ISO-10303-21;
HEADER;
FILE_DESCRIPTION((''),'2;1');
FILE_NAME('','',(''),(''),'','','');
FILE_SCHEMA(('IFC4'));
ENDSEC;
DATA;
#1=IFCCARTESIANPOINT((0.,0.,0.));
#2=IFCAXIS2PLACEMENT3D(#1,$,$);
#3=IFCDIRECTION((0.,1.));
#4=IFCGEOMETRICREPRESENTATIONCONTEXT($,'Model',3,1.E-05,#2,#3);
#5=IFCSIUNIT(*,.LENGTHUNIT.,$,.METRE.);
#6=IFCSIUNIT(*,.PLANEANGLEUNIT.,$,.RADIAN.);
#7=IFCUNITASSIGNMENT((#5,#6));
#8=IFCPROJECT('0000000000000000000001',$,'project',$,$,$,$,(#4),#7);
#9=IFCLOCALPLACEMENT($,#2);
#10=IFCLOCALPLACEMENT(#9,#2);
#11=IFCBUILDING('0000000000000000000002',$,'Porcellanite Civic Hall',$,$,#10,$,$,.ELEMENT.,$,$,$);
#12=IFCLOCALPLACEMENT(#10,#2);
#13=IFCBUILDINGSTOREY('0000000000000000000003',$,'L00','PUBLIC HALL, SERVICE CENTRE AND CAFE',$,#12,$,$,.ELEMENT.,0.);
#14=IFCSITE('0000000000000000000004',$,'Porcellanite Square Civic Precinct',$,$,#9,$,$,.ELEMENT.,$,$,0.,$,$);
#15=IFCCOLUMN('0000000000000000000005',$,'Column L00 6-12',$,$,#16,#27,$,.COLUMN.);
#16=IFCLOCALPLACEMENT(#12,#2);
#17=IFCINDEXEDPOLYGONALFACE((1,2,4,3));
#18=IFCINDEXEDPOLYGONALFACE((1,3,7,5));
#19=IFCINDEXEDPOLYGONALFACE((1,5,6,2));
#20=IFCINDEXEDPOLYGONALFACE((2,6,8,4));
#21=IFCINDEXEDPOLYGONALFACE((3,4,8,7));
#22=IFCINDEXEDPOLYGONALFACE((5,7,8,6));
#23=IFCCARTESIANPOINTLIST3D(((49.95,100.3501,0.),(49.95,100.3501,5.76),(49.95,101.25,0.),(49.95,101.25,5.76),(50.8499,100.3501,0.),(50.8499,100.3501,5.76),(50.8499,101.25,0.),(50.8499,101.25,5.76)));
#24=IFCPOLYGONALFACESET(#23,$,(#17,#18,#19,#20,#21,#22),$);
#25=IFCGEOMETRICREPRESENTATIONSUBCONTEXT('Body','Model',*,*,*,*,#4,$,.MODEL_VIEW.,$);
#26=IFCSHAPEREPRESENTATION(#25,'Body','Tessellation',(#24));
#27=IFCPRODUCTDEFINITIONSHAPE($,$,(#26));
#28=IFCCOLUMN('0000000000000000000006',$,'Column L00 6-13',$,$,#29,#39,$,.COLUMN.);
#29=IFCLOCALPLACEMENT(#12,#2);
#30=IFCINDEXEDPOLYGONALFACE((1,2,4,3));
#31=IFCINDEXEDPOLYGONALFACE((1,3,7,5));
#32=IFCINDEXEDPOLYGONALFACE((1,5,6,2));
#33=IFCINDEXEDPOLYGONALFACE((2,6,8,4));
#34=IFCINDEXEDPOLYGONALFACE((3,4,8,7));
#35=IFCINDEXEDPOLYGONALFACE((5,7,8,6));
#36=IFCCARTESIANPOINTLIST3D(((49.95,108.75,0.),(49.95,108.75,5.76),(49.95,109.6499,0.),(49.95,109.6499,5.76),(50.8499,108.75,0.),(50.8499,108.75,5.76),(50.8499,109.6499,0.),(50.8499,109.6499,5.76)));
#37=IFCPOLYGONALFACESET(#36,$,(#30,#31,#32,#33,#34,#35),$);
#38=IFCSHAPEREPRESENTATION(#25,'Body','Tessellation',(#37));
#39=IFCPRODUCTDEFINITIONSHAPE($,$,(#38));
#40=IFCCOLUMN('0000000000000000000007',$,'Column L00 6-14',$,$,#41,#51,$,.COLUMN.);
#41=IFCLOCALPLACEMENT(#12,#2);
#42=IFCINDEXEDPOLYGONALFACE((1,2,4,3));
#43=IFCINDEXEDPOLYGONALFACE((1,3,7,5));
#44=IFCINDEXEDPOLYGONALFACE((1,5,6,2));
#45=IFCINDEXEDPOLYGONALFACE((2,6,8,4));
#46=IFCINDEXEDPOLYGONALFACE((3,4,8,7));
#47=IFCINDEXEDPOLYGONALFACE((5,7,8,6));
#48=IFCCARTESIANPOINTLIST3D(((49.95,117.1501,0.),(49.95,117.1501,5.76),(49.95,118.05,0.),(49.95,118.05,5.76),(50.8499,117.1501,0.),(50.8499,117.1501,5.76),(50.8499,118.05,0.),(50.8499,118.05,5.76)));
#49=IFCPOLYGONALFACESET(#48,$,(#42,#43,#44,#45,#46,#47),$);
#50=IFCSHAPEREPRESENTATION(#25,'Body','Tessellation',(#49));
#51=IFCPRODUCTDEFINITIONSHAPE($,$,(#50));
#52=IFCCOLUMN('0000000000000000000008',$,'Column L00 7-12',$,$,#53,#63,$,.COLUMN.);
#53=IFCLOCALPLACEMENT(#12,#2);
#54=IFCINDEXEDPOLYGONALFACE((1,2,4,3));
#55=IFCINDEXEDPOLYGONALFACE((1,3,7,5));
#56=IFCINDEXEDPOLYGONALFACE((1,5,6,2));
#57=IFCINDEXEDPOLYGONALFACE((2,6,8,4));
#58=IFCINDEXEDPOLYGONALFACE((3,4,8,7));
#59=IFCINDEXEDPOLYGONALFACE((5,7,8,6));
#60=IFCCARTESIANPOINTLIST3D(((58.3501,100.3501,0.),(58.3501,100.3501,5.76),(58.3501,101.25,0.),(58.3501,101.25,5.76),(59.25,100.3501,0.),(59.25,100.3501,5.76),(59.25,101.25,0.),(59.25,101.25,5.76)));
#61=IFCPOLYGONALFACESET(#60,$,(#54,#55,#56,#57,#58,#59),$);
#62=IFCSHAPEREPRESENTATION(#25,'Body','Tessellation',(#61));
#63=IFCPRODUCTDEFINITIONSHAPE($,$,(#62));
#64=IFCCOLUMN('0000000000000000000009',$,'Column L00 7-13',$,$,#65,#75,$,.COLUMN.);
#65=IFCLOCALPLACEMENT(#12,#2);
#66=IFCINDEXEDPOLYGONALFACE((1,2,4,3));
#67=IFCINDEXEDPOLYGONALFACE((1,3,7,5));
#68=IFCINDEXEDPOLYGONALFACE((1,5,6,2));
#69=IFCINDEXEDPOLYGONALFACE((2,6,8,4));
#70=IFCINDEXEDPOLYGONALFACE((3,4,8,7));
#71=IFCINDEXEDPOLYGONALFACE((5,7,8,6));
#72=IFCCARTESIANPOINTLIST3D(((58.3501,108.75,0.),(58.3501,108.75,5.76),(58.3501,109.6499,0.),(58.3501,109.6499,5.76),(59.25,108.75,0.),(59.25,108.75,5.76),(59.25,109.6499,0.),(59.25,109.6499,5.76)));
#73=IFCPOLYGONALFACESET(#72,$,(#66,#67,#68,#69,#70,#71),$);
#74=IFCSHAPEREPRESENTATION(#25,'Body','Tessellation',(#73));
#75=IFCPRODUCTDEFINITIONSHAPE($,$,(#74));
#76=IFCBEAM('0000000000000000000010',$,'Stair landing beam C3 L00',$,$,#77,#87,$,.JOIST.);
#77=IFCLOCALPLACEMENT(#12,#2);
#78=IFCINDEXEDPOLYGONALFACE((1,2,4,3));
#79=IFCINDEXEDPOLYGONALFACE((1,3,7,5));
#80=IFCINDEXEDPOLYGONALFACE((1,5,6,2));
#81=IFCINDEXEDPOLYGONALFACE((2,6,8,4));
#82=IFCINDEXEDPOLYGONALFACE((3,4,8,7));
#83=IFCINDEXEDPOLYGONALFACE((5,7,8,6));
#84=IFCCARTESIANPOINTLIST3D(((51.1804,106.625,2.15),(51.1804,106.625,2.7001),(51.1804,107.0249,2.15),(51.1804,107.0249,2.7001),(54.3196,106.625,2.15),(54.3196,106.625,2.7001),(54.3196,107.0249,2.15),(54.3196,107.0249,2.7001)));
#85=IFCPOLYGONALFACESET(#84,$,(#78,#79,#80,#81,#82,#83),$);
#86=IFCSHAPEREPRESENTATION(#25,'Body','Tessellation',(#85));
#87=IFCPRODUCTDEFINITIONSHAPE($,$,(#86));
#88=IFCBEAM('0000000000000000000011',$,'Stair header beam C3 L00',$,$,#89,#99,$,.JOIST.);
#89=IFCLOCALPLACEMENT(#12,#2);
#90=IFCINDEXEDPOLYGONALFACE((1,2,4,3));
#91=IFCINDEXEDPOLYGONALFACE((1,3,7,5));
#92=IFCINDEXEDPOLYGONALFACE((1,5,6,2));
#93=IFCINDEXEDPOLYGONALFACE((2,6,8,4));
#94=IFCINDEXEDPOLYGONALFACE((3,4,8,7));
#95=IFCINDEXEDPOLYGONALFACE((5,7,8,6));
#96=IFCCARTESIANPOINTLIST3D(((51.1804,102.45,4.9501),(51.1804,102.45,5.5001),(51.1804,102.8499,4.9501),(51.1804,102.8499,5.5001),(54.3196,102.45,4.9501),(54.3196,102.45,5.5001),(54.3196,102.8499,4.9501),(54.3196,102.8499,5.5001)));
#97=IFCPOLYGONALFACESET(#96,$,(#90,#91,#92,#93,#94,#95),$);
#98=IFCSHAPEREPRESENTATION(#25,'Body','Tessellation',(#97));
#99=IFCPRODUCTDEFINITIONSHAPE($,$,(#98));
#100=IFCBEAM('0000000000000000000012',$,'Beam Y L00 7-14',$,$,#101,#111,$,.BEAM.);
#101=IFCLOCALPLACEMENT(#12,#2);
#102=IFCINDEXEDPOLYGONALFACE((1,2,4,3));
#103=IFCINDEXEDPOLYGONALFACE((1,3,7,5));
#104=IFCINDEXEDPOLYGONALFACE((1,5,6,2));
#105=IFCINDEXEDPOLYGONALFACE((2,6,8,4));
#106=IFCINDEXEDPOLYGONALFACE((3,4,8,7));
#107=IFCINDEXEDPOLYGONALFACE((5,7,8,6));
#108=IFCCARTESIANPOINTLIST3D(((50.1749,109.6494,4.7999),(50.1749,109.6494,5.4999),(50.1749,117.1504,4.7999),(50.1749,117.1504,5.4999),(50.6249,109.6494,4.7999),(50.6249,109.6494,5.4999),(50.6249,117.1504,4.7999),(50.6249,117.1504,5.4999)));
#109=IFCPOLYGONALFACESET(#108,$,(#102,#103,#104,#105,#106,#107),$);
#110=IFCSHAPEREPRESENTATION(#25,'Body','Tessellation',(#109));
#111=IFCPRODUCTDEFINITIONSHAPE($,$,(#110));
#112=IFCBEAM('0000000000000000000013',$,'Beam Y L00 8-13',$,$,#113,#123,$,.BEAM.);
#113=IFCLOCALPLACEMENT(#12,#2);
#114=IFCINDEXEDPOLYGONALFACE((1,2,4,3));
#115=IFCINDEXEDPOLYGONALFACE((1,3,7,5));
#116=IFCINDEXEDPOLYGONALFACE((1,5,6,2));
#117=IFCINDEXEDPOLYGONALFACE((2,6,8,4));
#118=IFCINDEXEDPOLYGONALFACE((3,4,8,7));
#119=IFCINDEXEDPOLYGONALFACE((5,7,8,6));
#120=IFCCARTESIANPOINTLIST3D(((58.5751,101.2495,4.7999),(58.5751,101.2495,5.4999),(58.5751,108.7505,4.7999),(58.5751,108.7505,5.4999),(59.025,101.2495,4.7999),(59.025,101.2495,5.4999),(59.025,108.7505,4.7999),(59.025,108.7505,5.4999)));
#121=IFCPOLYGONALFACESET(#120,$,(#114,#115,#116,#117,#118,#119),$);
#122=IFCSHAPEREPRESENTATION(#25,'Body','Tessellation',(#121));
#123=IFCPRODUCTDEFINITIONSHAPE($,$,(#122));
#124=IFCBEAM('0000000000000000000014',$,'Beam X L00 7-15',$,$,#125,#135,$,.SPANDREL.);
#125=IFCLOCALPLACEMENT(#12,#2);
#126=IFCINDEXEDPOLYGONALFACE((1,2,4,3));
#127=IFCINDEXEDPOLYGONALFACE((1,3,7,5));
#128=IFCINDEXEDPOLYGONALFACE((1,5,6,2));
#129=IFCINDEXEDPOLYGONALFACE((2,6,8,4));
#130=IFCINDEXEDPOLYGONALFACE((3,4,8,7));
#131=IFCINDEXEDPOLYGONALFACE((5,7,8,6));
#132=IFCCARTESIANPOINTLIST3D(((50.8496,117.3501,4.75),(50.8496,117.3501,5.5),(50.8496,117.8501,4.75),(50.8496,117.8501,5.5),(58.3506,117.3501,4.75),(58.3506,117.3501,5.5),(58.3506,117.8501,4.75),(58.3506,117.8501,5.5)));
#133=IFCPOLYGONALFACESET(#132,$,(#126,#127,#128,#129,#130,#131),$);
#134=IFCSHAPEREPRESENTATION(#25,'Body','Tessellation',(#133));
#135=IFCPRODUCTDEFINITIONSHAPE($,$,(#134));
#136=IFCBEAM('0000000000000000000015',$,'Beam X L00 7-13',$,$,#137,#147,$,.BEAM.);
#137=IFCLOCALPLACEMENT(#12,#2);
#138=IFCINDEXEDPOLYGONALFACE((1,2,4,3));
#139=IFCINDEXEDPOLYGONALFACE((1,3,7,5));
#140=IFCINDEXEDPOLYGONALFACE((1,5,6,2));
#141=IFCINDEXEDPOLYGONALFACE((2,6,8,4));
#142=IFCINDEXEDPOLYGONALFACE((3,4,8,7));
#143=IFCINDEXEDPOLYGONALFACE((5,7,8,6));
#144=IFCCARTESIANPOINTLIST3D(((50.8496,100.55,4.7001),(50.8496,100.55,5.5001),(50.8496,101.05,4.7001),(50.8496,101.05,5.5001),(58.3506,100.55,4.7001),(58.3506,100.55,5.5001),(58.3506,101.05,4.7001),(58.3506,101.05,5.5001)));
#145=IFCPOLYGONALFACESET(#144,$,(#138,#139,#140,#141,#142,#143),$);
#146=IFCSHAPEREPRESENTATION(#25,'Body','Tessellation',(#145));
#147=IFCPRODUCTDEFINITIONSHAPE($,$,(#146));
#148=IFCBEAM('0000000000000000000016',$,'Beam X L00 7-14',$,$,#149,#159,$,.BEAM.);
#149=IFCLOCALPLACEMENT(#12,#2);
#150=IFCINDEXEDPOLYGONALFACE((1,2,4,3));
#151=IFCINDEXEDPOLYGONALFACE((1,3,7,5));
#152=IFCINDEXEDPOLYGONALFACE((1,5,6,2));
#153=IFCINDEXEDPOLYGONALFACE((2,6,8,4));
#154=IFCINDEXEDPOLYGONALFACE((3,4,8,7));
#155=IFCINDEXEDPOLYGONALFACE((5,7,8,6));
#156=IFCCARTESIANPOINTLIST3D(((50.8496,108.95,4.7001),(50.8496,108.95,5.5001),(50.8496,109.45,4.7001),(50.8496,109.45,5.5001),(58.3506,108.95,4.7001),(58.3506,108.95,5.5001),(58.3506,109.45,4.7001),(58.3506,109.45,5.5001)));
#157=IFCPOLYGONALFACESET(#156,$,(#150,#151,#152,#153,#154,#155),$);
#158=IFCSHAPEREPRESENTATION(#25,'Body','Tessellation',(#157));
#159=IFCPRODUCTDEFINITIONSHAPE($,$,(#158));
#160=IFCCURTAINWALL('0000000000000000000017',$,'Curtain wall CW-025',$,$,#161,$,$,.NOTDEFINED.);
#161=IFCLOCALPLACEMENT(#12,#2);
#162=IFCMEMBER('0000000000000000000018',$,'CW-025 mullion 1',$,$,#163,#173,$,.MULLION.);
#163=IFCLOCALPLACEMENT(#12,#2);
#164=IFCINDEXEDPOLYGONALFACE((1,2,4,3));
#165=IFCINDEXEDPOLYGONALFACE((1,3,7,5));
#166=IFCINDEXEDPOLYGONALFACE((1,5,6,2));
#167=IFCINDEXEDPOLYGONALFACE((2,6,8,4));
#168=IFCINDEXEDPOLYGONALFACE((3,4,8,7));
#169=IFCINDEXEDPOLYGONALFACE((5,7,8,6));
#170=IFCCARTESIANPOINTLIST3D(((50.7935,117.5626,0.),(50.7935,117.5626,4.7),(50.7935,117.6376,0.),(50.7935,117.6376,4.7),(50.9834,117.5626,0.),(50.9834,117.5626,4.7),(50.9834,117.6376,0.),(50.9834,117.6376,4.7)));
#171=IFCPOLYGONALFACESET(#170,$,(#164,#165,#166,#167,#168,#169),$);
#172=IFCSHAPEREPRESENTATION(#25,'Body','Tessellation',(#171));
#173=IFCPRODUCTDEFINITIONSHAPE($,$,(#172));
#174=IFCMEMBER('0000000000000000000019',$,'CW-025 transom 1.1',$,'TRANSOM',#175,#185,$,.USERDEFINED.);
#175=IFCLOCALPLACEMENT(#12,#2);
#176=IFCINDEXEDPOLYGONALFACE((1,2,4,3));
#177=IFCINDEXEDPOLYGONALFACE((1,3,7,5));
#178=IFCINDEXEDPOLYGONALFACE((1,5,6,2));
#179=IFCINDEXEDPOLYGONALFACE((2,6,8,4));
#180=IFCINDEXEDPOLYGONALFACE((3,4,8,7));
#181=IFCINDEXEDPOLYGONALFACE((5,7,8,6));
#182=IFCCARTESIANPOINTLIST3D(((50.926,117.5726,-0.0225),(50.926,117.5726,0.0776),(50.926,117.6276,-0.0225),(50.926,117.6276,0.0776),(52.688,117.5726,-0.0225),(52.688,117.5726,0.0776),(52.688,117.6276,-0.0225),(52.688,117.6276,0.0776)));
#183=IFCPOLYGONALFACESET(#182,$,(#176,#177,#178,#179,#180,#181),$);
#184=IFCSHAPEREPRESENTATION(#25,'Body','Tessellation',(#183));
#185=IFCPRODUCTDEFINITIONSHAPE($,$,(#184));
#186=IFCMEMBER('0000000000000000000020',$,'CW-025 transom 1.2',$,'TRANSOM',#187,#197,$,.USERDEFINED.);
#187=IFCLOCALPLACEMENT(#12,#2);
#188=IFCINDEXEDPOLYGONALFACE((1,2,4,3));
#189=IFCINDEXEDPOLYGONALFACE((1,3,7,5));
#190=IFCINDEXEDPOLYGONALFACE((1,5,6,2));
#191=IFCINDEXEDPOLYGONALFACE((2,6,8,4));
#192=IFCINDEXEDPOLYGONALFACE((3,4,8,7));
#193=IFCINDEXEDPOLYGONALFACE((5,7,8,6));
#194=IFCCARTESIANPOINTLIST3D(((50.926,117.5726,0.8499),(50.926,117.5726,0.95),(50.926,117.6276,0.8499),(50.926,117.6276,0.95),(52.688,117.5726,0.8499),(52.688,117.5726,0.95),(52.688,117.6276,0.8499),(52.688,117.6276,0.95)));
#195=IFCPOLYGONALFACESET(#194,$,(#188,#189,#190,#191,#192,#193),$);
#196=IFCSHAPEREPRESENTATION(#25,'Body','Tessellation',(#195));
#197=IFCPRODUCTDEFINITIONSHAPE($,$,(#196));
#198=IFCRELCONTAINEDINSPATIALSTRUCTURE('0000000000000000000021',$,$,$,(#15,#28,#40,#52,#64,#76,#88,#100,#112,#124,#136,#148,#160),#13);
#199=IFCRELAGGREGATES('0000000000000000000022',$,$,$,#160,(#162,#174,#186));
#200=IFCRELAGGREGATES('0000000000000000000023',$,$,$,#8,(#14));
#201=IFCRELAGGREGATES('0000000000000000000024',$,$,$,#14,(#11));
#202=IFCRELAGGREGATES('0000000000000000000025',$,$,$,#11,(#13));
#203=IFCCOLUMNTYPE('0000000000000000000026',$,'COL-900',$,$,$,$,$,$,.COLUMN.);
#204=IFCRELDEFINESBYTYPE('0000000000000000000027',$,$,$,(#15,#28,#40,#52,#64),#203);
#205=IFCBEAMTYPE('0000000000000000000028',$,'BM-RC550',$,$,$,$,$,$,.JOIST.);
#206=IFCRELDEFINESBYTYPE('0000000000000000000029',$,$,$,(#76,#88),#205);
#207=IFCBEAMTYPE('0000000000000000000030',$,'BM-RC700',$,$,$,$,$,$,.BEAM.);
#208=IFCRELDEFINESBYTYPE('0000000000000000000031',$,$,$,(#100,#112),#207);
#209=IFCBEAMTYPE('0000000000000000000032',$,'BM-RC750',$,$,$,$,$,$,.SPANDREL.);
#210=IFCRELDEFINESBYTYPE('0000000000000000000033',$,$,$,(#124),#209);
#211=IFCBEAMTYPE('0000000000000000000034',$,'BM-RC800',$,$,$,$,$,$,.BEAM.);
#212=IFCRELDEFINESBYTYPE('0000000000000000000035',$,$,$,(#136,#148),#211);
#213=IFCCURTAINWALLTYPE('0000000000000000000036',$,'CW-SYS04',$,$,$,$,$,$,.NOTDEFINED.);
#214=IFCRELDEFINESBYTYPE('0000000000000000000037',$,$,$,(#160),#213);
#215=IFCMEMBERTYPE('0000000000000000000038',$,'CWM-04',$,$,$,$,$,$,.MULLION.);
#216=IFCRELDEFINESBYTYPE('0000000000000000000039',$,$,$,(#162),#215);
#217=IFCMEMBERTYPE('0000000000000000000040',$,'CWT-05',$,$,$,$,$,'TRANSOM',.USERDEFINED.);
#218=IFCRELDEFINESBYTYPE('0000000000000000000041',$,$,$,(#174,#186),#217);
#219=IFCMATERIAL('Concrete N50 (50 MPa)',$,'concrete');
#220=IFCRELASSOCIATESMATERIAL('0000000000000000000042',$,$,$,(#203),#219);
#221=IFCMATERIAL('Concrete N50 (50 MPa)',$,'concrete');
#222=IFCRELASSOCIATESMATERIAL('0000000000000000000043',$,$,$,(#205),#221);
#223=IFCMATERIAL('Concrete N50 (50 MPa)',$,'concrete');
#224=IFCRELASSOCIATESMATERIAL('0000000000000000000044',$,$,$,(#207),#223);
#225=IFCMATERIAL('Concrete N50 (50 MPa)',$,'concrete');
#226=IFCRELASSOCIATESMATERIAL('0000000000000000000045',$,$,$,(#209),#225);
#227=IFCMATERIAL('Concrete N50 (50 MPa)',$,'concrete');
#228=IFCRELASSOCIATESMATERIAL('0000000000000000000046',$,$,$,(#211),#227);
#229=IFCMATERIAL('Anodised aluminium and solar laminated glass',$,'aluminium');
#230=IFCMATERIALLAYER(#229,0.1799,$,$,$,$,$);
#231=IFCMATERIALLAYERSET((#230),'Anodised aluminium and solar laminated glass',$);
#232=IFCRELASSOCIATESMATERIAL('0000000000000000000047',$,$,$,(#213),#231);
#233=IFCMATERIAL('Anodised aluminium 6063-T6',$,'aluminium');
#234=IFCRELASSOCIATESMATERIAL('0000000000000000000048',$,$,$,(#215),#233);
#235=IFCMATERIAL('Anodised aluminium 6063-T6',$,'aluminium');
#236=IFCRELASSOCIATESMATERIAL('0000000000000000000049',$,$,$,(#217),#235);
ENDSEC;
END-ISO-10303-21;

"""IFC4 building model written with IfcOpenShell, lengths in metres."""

from ifc_helpers import new_model, si_unit, direction, frame, origin, origin_2d, place, context, subcontext, project, spatial, rectangle, extrude, material, layer, layer_set, material_profile, profile_set, type_object, element, aggregate, save


model = new_model("IFC4")

# Units and contexts
model_context = context("Model", 3, precision=1e-05, world=origin(), true_north=direction((0.0, 1.0)))
body_context = subcontext(model_context, "Body", "Model", "MODEL_VIEW")
ifc_project = project(units=[si_unit("LENGTHUNIT", "METRE"), si_unit("PLANEANGLEUNIT", "RADIAN")], contexts=[model_context])

# Site, building, storey
site_placement = place(None, origin())
site = spatial("IfcSite", under=ifc_project, at=site_placement, Name="Porcellanite Square Civic Precinct", CompositionType="ELEMENT", RefElevation=0.0)
building_placement = place(site_placement, origin())
building = spatial("IfcBuilding", under=site, at=building_placement, Name="Porcellanite Civic Hall", CompositionType="ELEMENT")
storey_placement = place(building_placement, origin())
storey = spatial("IfcBuildingStorey", under=building, at=storey_placement, Name="L00", Description="PUBLIC HALL, SERVICE CENTRE AND CAFE", CompositionType="ELEMENT", Elevation=0.0)

# Columns
ifc_material_1 = material(Name="Concrete N50 (50 MPa)", Category="concrete")
ifc_material_profile_1 = material_profile(ifc_material_1, rectangle(XDim=0.8999, YDim=0.8999, at=origin_2d()), Name="RC-900x900")
ifc_profile_set_1 = profile_set([ifc_material_profile_1], Name="Concrete N50 (50 MPa)")
column_type = type_object("IfcColumnType", Name="COL-900", PredefinedType="COLUMN", material=ifc_profile_set_1)
for number, where, z_axis, x_axis, name in (
    (1, (50.3999, 100.8, 0.0), (0.0, 0.0, 1.0), (1.0, 0.0, 0.0), "Column L00 6-12"),
    (2, (50.3999, 109.2, 0.0), (0.0, 0.0, 1.0), (1.0, 0.0, 0.0), "Column L00 6-13"),
    (3, (50.3999, 117.6001, 0.0), (0.0, 0.0, 1.0), (1.0, 0.0, 0.0), "Column L00 6-14"),
    (4, (58.8, 100.8, 0.0), (0.0, 0.0, 1.0), (1.0, 0.0, 0.0), "Column L00 7-12"),
    (5, (58.8, 109.2, 0.0), (0.0, 0.0, 1.0), (1.0, 0.0, 0.0), "Column L00 7-13"),
):
    element("IfcColumn", number, at=place(storey_placement, frame(where, z_axis=z_axis, x_axis=x_axis)), inside=storey, type_object=column_type, Name=name, PredefinedType="COLUMN", context=body_context, shape_type="SweptSolid", body=[
        extrude(rectangle(XDim=0.8999, YDim=0.8999, at=origin_2d()), origin(), (0.0, 0.0, 1.0), 5.76),
    ])

# Beams
ifc_material_2 = material(Name="Concrete N50 (50 MPa)", Category="concrete")
ifc_material_profile_2 = material_profile(ifc_material_2, rectangle(XDim=0.3999, YDim=0.55, at=origin_2d()), Name="RC-400x550")
ifc_profile_set_2 = profile_set([ifc_material_profile_2], Name="Concrete N50 (50 MPa)")
beam_type_1 = type_object("IfcBeamType", Name="BM-RC550", PredefinedType="JOIST", material=ifc_profile_set_2)
for number, where, z_axis, x_axis, name in (
    (6, (51.1804, 106.825, 2.425), (1.0, 0.0, 0.0), (0.0, 1.0, 0.0), "Stair landing beam C3 L00"),
    (7, (51.1804, 102.6499, 5.2251), (1.0, 0.0, 0.0), (0.0, 1.0, 0.0), "Stair header beam C3 L00"),
):
    element("IfcBeam", number, at=place(storey_placement, frame(where, z_axis=z_axis, x_axis=x_axis)), inside=storey, type_object=beam_type_1, Name=name, PredefinedType="JOIST", context=body_context, shape_type="SweptSolid", body=[
        extrude(rectangle(XDim=0.3999, YDim=0.55, at=origin_2d()), origin(), (0.0, 0.0, 1.0), 3.1392),
    ])
ifc_material_3 = material(Name="Concrete N50 (50 MPa)", Category="concrete")
ifc_material_profile_3 = material_profile(ifc_material_3, rectangle(XDim=0.45, YDim=0.7, at=origin_2d()), Name="RC-450x700")
ifc_profile_set_3 = profile_set([ifc_material_profile_3], Name="Concrete N50 (50 MPa)")
beam_type_2 = type_object("IfcBeamType", Name="BM-RC700", PredefinedType="BEAM", material=ifc_profile_set_3)
for number, where, z_axis, x_axis, name in (
    (8, (50.3999, 109.6494, 5.1499), (0.0, 1.0, 0.0), (-1.0, 0.0, 0.0), "Beam Y L00 7-14"),
    (9, (58.8, 101.2495, 5.1499), (0.0, 1.0, 0.0), (-1.0, 0.0, 0.0), "Beam Y L00 8-13"),
):
    element("IfcBeam", number, at=place(storey_placement, frame(where, z_axis=z_axis, x_axis=x_axis)), inside=storey, type_object=beam_type_2, Name=name, PredefinedType="BEAM", context=body_context, shape_type="SweptSolid", body=[
        extrude(rectangle(XDim=0.45, YDim=0.7, at=origin_2d()), origin(), (0.0, 0.0, 1.0), 7.501),
    ])
ifc_material_4 = material(Name="Concrete N50 (50 MPa)", Category="concrete")
ifc_material_profile_4 = material_profile(ifc_material_4, rectangle(XDim=0.5, YDim=0.75, at=origin_2d()), Name="RC-500x750")
ifc_profile_set_4 = profile_set([ifc_material_profile_4], Name="Concrete N50 (50 MPa)")
beam_type_3 = type_object("IfcBeamType", Name="BM-RC750", PredefinedType="SPANDREL", material=ifc_profile_set_4)
beam_1_placement = place(storey_placement, frame((50.8496, 117.6001, 5.125), z_axis=(1.0, 0.0, 0.0), x_axis=(0.0, 1.0, 0.0)))
element("IfcBeam", 10, at=beam_1_placement, inside=storey, type_object=beam_type_3, Name="Beam X L00 7-15", PredefinedType="SPANDREL", context=body_context, shape_type="SweptSolid", body=[
    extrude(rectangle(XDim=0.5, YDim=0.75, at=origin_2d()), origin(), (0.0, 0.0, 1.0), 7.501),
])
ifc_material_5 = material(Name="Concrete N50 (50 MPa)", Category="concrete")
ifc_material_profile_5 = material_profile(ifc_material_5, rectangle(XDim=0.5, YDim=0.8, at=origin_2d()), Name="RC-500x800")
ifc_profile_set_5 = profile_set([ifc_material_profile_5], Name="Concrete N50 (50 MPa)")
beam_type_4 = type_object("IfcBeamType", Name="BM-RC800", PredefinedType="BEAM", material=ifc_profile_set_5)
for number, where, z_axis, x_axis, name in (
    (11, (50.8496, 100.8, 5.1001), (1.0, 0.0, 0.0), (0.0, 1.0, 0.0), "Beam X L00 7-13"),
    (12, (50.8496, 109.2, 5.1001), (1.0, 0.0, 0.0), (0.0, 1.0, 0.0), "Beam X L00 7-14"),
):
    element("IfcBeam", number, at=place(storey_placement, frame(where, z_axis=z_axis, x_axis=x_axis)), inside=storey, type_object=beam_type_4, Name=name, PredefinedType="BEAM", context=body_context, shape_type="SweptSolid", body=[
        extrude(rectangle(XDim=0.5, YDim=0.8, at=origin_2d()), origin(), (0.0, 0.0, 1.0), 7.501),
    ])

# Curtain wall, members
ifc_material_6 = material(Name="Anodised aluminium and solar laminated glass", Category="aluminium")
ifc_layer_1 = layer(ifc_material_6, 0.1799)
ifc_layer_set_1 = layer_set([ifc_layer_1], Name="Anodised aluminium and solar laminated glass")
curtain_wall_type = type_object("IfcCurtainWallType", Name="CW-SYS04", PredefinedType="NOTDEFINED", material=ifc_layer_set_1)
curtain_wall_placement = place(storey_placement, origin())
curtain_wall = element("IfcCurtainWall", 13, at=curtain_wall_placement, inside=storey, type_object=curtain_wall_type, Name="Curtain wall CW-025", PredefinedType="NOTDEFINED")
ifc_material_7 = material(Name="Anodised aluminium 6063-T6", Category="aluminium")
ifc_material_profile_6 = material_profile(ifc_material_7, rectangle(XDim=0.075, YDim=0.1899, at=origin_2d()), Name="AL-75x190")
ifc_profile_set_6 = profile_set([ifc_material_profile_6], Name="Anodised aluminium 6063-T6")
member_type_1 = type_object("IfcMemberType", Name="CWM-04", PredefinedType="MULLION", material=ifc_profile_set_6)
member_1_placement = place(storey_placement, frame((50.8884, 117.6001, 0.0), z_axis=(0.0, 0.0, 1.0), x_axis=(0.0, 1.0, 0.0)))
member_1 = element("IfcMember", 14, at=member_1_placement, type_object=member_type_1, Name="CW-025 mullion 1", PredefinedType="MULLION", context=body_context, shape_type="SweptSolid", body=[
    extrude(rectangle(XDim=0.075, YDim=0.1899, at=origin_2d()), origin(), (0.0, 0.0, 1.0), 4.7),
])
ifc_material_8 = material(Name="Anodised aluminium 6063-T6", Category="aluminium")
ifc_material_profile_7 = material_profile(ifc_material_8, rectangle(XDim=0.0549, YDim=0.1001, at=origin_2d()), Name="AL-55x100")
ifc_profile_set_7 = profile_set([ifc_material_profile_7], Name="Anodised aluminium 6063-T6")
member_type_2 = type_object("IfcMemberType", Name="CWT-05", ElementType="TRANSOM", PredefinedType="USERDEFINED", material=ifc_profile_set_7)
member_2_placement = place(storey_placement, frame((50.926, 117.6001, 0.0276), z_axis=(1.0, 0.0, 0.0), x_axis=(0.0, 1.0, 0.0)))
member_2 = element("IfcMember", 15, at=member_2_placement, type_object=member_type_2, Name="CW-025 transom 1.1", ObjectType="TRANSOM", PredefinedType="USERDEFINED", context=body_context, shape_type="SweptSolid", body=[
    extrude(rectangle(XDim=0.0549, YDim=0.1001, at=origin_2d()), origin(), (0.0, 0.0, 1.0), 1.762),
])
member_3_placement = place(storey_placement, frame((50.926, 117.6001, 0.8999), z_axis=(1.0, 0.0, 0.0), x_axis=(0.0, 1.0, 0.0)))
member_3 = element("IfcMember", 16, at=member_3_placement, type_object=member_type_2, Name="CW-025 transom 1.2", ObjectType="TRANSOM", PredefinedType="USERDEFINED", context=body_context, shape_type="SweptSolid", body=[
    extrude(rectangle(XDim=0.0549, YDim=0.1001, at=origin_2d()), origin(), (0.0, 0.0, 1.0), 1.762),
])
aggregate(curtain_wall, [member_1, member_2, member_3])

save(model, "model.ifc")
